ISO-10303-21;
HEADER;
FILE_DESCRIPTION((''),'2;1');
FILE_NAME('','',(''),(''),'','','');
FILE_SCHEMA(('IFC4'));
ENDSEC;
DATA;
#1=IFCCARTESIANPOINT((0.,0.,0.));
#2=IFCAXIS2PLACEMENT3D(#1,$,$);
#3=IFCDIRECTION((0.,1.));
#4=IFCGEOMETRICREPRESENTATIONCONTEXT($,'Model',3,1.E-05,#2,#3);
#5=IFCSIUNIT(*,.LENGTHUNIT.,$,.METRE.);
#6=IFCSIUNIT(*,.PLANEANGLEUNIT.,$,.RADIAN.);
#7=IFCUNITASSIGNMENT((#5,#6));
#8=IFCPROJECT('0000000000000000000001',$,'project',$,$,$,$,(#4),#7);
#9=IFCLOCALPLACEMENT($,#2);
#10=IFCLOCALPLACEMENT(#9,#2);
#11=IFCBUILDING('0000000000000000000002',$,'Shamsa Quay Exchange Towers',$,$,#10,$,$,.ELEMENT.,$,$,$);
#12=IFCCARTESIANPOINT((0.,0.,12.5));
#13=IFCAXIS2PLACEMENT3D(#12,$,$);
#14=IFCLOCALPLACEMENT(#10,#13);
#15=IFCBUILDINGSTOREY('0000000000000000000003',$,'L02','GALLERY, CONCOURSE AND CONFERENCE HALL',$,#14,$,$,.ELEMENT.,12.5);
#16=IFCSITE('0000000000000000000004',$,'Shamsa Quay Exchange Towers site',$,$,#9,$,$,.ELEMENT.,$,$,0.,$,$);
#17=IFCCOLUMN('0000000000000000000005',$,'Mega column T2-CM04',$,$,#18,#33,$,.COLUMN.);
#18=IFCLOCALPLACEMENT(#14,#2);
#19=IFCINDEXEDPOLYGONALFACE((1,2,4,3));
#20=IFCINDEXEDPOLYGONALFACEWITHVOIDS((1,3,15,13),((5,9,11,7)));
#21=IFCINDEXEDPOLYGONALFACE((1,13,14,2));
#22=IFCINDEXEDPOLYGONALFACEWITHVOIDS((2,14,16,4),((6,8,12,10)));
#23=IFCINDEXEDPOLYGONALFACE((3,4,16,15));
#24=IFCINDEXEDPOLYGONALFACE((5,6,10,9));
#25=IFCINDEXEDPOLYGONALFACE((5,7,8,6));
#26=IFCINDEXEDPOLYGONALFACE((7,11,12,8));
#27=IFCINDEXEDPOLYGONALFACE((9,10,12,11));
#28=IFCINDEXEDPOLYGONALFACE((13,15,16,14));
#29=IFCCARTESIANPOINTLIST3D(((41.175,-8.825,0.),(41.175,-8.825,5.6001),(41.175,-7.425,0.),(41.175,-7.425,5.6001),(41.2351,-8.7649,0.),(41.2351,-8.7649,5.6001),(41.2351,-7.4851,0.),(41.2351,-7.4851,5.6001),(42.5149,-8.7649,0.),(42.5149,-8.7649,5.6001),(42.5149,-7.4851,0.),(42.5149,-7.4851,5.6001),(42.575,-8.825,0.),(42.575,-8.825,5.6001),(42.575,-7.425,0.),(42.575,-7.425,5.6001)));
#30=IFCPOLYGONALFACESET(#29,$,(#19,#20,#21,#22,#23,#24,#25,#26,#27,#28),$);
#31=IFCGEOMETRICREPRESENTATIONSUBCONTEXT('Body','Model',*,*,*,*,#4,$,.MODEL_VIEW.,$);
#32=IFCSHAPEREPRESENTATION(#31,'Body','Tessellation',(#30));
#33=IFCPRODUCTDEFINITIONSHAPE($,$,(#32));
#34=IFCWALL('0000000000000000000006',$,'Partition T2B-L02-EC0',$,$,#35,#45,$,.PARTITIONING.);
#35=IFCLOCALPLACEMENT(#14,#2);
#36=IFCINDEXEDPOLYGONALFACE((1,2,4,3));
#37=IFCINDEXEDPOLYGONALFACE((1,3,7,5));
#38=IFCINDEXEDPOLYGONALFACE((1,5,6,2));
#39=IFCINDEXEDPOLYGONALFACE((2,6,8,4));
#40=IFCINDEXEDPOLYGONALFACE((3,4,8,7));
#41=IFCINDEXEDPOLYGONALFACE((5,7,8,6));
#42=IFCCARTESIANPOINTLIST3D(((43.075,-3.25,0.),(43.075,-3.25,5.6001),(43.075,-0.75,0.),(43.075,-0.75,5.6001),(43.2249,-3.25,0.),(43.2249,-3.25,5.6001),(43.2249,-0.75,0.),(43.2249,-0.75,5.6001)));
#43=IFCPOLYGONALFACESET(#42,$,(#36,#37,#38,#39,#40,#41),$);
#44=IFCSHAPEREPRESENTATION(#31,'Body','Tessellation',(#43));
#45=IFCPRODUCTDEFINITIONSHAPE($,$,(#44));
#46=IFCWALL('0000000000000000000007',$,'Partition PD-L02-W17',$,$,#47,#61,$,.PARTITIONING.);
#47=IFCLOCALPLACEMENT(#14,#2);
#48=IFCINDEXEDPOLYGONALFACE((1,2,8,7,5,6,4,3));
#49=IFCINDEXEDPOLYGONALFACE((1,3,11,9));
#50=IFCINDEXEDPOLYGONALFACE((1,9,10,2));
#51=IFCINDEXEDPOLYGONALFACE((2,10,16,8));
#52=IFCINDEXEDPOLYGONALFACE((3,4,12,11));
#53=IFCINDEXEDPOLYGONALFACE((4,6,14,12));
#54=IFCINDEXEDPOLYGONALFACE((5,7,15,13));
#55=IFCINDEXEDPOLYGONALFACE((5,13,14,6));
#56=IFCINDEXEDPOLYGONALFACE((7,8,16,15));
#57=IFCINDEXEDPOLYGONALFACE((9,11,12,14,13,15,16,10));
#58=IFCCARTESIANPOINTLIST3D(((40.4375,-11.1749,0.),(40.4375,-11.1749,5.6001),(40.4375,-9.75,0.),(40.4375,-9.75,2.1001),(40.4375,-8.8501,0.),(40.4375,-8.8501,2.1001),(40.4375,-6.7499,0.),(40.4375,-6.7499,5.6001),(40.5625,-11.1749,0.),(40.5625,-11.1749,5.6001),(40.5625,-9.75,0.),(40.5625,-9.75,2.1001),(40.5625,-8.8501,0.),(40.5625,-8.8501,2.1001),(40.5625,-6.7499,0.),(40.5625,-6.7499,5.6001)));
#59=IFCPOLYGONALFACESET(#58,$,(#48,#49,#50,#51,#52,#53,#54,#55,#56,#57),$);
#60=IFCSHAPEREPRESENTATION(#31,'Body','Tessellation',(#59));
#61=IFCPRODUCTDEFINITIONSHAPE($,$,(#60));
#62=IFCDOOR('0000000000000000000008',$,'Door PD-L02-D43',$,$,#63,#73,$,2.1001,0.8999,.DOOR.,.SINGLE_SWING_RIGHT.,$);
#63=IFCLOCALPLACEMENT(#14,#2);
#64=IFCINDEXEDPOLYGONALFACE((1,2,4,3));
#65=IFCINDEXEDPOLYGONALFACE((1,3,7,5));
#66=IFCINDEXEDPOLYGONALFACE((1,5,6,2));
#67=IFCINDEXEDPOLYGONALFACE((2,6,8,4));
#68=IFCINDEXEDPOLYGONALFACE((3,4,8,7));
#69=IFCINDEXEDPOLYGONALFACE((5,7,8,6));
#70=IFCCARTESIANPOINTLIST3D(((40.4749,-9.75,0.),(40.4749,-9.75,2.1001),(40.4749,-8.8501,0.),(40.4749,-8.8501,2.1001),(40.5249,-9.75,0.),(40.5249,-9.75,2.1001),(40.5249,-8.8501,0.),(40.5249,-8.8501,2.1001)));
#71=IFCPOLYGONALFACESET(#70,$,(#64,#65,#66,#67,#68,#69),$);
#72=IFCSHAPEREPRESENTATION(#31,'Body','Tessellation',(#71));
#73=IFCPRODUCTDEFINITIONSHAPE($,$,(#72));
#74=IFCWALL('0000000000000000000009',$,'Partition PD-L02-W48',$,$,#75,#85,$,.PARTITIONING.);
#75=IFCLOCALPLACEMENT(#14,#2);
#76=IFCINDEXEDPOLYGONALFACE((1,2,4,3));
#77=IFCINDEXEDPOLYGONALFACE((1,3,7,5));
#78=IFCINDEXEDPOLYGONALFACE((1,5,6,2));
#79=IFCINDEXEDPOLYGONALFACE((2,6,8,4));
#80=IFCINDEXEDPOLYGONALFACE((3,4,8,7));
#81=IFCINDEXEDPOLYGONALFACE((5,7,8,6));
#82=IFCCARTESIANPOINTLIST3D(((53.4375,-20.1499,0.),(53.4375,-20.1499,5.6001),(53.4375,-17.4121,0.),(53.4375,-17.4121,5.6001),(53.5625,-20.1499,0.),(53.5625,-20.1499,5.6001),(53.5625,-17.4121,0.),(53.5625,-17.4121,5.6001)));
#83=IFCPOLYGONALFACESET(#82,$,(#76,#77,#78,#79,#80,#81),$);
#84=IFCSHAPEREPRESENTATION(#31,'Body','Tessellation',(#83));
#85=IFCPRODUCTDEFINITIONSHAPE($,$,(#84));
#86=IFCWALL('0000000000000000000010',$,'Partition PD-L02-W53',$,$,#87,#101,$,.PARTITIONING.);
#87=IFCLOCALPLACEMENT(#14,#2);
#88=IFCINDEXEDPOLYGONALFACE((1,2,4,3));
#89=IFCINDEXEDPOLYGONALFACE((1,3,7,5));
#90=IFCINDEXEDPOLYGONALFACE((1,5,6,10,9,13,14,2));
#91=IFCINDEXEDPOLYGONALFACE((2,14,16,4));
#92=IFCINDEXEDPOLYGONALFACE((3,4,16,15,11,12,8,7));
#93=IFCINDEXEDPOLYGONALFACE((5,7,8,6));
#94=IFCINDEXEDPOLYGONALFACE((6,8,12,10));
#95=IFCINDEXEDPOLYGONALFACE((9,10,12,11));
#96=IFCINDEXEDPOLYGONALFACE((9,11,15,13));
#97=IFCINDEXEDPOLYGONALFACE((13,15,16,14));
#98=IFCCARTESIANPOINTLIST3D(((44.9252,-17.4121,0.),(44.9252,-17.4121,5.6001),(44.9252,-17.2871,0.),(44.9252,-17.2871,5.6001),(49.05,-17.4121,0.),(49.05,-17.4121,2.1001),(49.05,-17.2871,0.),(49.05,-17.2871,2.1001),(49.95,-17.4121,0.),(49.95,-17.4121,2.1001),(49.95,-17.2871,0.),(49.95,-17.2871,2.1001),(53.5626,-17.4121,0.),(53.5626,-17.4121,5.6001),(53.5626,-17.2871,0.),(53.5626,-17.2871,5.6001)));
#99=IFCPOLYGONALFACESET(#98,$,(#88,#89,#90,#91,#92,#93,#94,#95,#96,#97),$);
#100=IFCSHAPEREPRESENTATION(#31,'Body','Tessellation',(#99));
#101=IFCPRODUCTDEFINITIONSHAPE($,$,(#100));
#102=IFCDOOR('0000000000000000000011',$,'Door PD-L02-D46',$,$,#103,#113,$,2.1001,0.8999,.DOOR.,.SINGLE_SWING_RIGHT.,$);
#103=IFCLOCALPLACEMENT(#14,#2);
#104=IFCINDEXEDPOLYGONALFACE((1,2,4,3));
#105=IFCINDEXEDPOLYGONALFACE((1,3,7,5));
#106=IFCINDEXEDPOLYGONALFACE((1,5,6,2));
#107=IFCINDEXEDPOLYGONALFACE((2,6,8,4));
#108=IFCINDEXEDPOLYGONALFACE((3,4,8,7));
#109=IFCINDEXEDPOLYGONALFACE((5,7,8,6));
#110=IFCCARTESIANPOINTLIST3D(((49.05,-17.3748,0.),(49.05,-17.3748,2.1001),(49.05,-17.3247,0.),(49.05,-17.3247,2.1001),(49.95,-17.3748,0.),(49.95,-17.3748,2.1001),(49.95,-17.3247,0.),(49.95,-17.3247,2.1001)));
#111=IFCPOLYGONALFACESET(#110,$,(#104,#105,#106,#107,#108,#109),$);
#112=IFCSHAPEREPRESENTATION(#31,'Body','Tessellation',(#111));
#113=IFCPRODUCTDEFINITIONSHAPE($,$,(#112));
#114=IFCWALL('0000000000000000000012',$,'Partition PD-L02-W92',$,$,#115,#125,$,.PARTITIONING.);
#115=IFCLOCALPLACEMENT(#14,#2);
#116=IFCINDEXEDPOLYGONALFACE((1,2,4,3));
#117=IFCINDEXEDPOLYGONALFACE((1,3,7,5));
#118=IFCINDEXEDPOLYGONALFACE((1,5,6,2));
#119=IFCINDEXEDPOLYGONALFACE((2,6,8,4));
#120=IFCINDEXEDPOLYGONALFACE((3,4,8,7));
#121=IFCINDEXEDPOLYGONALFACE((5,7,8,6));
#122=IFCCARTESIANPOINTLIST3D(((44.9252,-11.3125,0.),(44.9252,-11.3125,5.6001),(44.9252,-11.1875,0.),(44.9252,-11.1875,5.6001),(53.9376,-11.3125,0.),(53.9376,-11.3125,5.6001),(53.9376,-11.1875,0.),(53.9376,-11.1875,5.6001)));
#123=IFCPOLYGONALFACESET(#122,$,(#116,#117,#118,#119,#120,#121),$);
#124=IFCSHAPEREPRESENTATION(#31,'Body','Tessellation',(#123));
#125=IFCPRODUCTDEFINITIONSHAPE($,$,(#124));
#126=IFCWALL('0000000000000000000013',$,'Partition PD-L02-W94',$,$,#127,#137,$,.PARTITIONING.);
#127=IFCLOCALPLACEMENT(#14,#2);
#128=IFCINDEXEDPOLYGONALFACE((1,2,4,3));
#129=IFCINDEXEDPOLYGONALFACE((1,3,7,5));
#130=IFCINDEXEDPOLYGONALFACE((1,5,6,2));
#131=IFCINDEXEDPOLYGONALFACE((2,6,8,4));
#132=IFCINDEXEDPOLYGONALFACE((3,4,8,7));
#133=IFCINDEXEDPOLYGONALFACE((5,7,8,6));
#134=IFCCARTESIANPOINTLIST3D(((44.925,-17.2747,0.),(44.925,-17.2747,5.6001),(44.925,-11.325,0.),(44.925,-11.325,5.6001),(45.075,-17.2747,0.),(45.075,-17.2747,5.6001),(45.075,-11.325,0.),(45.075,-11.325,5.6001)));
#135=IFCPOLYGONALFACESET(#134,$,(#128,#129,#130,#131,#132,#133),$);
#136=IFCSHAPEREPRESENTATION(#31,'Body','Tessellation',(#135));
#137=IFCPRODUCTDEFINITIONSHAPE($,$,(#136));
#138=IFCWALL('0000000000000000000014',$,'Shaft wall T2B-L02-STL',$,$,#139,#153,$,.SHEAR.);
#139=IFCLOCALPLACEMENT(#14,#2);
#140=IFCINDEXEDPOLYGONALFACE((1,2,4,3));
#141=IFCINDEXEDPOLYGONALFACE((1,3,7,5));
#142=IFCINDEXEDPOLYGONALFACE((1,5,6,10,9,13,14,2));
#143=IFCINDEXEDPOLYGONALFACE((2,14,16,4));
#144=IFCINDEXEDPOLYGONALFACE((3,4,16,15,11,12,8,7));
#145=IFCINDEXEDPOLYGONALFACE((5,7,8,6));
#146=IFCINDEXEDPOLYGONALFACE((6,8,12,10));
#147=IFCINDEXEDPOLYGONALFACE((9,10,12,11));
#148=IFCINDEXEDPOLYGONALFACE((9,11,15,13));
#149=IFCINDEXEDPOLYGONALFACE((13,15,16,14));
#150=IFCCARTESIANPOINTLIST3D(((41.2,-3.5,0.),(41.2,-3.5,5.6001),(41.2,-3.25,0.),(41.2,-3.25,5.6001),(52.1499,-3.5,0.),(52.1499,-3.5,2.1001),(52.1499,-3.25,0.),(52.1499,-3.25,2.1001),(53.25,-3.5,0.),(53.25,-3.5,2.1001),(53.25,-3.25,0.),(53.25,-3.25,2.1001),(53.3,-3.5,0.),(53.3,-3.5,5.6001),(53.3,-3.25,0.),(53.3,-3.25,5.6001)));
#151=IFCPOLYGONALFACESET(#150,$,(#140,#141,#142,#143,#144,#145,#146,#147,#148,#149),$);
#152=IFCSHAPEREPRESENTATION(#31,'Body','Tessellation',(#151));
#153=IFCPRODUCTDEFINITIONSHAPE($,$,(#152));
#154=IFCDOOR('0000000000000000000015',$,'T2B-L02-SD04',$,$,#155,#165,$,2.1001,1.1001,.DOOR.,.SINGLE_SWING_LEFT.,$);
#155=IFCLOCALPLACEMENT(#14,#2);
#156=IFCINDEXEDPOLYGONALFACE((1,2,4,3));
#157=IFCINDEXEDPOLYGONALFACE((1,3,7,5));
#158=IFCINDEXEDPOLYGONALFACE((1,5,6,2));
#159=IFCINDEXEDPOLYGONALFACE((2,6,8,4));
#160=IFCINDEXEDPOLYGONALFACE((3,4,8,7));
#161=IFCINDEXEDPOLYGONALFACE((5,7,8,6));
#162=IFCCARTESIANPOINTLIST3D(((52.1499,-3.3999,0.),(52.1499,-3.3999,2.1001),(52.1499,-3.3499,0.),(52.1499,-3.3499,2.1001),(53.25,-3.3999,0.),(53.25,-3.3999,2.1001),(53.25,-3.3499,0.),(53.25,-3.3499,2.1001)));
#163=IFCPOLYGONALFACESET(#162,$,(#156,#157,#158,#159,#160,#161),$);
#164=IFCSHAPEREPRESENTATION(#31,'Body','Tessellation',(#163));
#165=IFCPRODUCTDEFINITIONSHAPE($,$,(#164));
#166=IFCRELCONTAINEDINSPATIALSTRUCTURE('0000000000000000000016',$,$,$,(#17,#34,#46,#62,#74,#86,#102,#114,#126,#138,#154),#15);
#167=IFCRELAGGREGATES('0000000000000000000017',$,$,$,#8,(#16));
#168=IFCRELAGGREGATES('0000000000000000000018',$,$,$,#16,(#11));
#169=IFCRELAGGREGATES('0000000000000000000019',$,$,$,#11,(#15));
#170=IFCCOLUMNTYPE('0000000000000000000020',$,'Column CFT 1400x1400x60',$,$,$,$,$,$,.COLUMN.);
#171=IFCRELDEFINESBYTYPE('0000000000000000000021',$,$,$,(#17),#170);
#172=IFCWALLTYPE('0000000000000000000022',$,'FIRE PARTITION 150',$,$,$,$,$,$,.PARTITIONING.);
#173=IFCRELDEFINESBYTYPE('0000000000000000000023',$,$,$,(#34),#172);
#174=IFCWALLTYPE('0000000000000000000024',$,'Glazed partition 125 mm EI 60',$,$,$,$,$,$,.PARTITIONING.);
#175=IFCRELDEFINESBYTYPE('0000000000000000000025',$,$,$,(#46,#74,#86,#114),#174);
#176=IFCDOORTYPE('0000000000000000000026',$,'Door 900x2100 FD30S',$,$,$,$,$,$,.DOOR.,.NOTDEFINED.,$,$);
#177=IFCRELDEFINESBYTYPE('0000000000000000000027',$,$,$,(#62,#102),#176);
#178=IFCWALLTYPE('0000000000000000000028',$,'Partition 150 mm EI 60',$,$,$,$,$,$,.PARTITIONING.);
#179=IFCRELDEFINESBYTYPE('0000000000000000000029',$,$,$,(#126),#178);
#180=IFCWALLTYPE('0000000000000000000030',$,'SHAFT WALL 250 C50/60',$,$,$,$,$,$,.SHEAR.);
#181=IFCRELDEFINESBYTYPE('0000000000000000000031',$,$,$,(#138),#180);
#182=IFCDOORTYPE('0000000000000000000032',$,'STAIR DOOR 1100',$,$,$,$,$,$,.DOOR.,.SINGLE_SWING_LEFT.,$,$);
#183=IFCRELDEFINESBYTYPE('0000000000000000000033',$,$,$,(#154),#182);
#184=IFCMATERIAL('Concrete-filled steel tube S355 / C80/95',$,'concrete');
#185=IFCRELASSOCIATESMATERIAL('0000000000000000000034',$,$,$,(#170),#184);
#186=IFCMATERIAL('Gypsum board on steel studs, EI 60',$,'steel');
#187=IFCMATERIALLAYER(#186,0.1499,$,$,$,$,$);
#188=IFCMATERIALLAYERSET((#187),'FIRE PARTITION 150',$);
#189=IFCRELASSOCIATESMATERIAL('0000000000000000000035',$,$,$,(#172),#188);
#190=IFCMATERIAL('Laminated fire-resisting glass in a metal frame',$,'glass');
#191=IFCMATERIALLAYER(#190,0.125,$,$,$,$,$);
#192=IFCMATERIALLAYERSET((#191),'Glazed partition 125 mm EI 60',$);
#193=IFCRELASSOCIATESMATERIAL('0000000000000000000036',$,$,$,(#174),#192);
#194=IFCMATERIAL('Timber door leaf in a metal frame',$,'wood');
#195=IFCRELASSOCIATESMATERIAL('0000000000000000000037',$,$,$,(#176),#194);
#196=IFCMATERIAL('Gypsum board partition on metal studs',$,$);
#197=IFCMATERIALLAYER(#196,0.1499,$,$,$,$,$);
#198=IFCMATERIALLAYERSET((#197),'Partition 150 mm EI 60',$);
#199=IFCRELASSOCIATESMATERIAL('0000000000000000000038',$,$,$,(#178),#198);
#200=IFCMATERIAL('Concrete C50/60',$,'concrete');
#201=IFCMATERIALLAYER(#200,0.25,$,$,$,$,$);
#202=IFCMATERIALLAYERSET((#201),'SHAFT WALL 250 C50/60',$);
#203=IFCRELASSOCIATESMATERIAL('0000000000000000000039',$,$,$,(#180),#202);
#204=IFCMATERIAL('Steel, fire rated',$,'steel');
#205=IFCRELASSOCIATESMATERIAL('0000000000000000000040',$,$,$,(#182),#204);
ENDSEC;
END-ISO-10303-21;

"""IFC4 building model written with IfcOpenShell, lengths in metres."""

from ifc_helpers import new_model, si_unit, direction, frame, frame_2d, origin, origin_2d, place, context, subcontext, project, spatial, rectangle, hollow_rectangle, extrude, material, layer, layer_set, material_profile, profile_set, type_object, element, fill, save


model = new_model("IFC4")

# Units and contexts
model_context = context("Model", 3, precision=1e-05, world=origin(), true_north=direction((0.0, 1.0)))
body_context = subcontext(model_context, "Body", "Model", "MODEL_VIEW")
ifc_project = project(units=[si_unit("LENGTHUNIT", "METRE"), si_unit("PLANEANGLEUNIT", "RADIAN")], contexts=[model_context])

# Site, building, storey
site_placement = place(None, origin())
site = spatial("IfcSite", under=ifc_project, at=site_placement, Name="Shamsa Quay Exchange Towers site", CompositionType="ELEMENT", RefElevation=0.0)
building_placement = place(site_placement, origin())
building = spatial("IfcBuilding", under=site, at=building_placement, Name="Shamsa Quay Exchange Towers", CompositionType="ELEMENT")
storey_placement = place(building_placement, frame((0.0, 0.0, 12.5)))
storey = spatial("IfcBuildingStorey", under=building, at=storey_placement, Name="L02", Description="GALLERY, CONCOURSE AND CONFERENCE HALL", CompositionType="ELEMENT", Elevation=12.5)

# Column
ifc_material_1 = material(Name="Concrete-filled steel tube S355 / C80/95", Category="concrete")
ifc_material_profile = material_profile(ifc_material_1, hollow_rectangle(XDim=1.3999, YDim=1.3999, WallThickness=0.0601, at=origin_2d()), Name="CFT 1400x1400x60")
ifc_profile_set = profile_set([ifc_material_profile], Name="Concrete-filled steel tube S355 / C80/95")
column_type = type_object("IfcColumnType", Name="Column CFT 1400x1400x60", PredefinedType="COLUMN", material=ifc_profile_set)
column_placement = place(storey_placement, frame((41.875, -8.125, 0.0)))
element("IfcColumn", 1, at=column_placement, inside=storey, type_object=column_type, Name="Mega column T2-CM04", PredefinedType="COLUMN", context=body_context, shape_type="SweptSolid", body=[
    extrude(hollow_rectangle(XDim=1.3999, YDim=1.3999, WallThickness=0.0601, at=origin_2d()), origin(), (0.0, 0.0, 1.0), 5.6001),
])

# Shared definitions
ifc_material_2 = material(Name="Steel, fire rated", Category="steel")

# Wall
ifc_material_3 = material(Name="Gypsum board on steel studs, EI 60", Category="steel")
ifc_layer_1 = layer(ifc_material_3, 0.1499)
ifc_layer_set_1 = layer_set([ifc_layer_1], Name="FIRE PARTITION 150")
wall_type_1 = type_object("IfcWallType", Name="FIRE PARTITION 150", PredefinedType="PARTITIONING", material=ifc_layer_set_1)
wall_1_placement = place(storey_placement, frame((43.1499, -3.25, 0.0), z_axis=(0.0, 0.0, 1.0), x_axis=(0.0, 1.0, 0.0)))
element("IfcWall", 2, at=wall_1_placement, inside=storey, type_object=wall_type_1, Name="Partition T2B-L02-EC0", PredefinedType="PARTITIONING", context=body_context, shape_type="SweptSolid", body=[
    extrude(rectangle(XDim=2.5, YDim=0.1499, at=frame_2d((1.25, 0.0))), origin(), (0.0, 0.0, 1.0), 5.6001),
])

# Wall, opening, door
ifc_material_4 = material(Name="Laminated fire-resisting glass in a metal frame", Category="glass")
ifc_layer_2 = layer(ifc_material_4, 0.125)
ifc_layer_set_2 = layer_set([ifc_layer_2], Name="Glazed partition 125 mm EI 60")
wall_type_2 = type_object("IfcWallType", Name="Glazed partition 125 mm EI 60", PredefinedType="PARTITIONING", material=ifc_layer_set_2)
wall_2_placement = place(storey_placement, frame((40.5, -6.75, 0.0), z_axis=(0.0, 0.0, 1.0), x_axis=(0.0, -1.0, 0.0)))
wall_2 = element("IfcWall", 3, at=wall_2_placement, inside=storey, type_object=wall_type_2, Name="Partition PD-L02-W17", PredefinedType="PARTITIONING", context=body_context, shape_type="SweptSolid", body=[
    extrude(rectangle(XDim=4.425, YDim=0.125, at=frame_2d((2.2124, 0.0))), origin(), (0.0, 0.0, 1.0), 5.6001),
])
opening_1_placement = place(wall_2_placement, frame((2.1001, 0.0, 0.0)))
opening_1 = element("IfcOpeningElement", 4, at=opening_1_placement, cuts=wall_2, PredefinedType="OPENING", context=body_context, shape_type="SweptSolid", body=[
    extrude(rectangle(XDim=0.8999, YDim=2.1001, at=frame_2d((0.45, 1.05))), frame((0.0, 0.0725, 0.0), z_axis=(0.0, -1.0, 0.0), x_axis=(1.0, 0.0, 0.0)), (0.0, 0.0, 1.0), 0.145),
])
ifc_material_5 = material(Name="Timber door leaf in a metal frame", Category="wood")
door_type_1 = type_object("IfcDoorType", Name="Door 900x2100 FD30S", OperationType="NOTDEFINED", PredefinedType="DOOR", material=ifc_material_5)
door_1_placement = place(opening_1_placement, origin())
door_1 = element("IfcDoor", 5, at=door_1_placement, inside=storey, type_object=door_type_1, Name="Door PD-L02-D43", OperationType="SINGLE_SWING_RIGHT", OverallHeight=2.1001, OverallWidth=0.8999, PredefinedType="DOOR", context=body_context, shape_type="SweptSolid", body=[
    extrude(rectangle(XDim=0.8999, YDim=2.1001, at=frame_2d((0.45, 1.05))), frame((0.0, 0.0249, 0.0), z_axis=(0.0, -1.0, 0.0), x_axis=(1.0, 0.0, 0.0)), (0.0, 0.0, 1.0), 0.05),
])
fill(opening_1, door_1)

# Wall
wall_3_placement = place(storey_placement, frame((53.5, -17.4121, 0.0), z_axis=(0.0, 0.0, 1.0), x_axis=(0.0, -1.0, 0.0)))
element("IfcWall", 6, at=wall_3_placement, inside=storey, type_object=wall_type_2, Name="Partition PD-L02-W48", PredefinedType="PARTITIONING", context=body_context, shape_type="SweptSolid", body=[
    extrude(rectangle(XDim=2.7378, YDim=0.125, at=frame_2d((1.3689, 0.0))), origin(), (0.0, 0.0, 1.0), 5.6001),
])

# Wall, opening, door
wall_4_placement = place(storey_placement, frame((44.925, -17.3496, 0.0)))
wall_4 = element("IfcWall", 7, at=wall_4_placement, inside=storey, type_object=wall_type_2, Name="Partition PD-L02-W53", PredefinedType="PARTITIONING", context=body_context, shape_type="SweptSolid", body=[
    extrude(rectangle(XDim=8.6375, YDim=0.125, at=frame_2d((4.3188, 0.0))), origin(), (0.0, 0.0, 1.0), 5.6001),
])
opening_2_placement = place(wall_4_placement, frame((4.125, 0.0, 0.0)))
opening_2 = element("IfcOpeningElement", 8, at=opening_2_placement, cuts=wall_4, PredefinedType="OPENING", context=body_context, shape_type="SweptSolid", body=[
    extrude(rectangle(XDim=0.8999, YDim=2.1001, at=frame_2d((0.45, 1.05))), frame((0.0, 0.0725, 0.0), z_axis=(0.0, -1.0, 0.0), x_axis=(1.0, 0.0, 0.0)), (0.0, 0.0, 1.0), 0.145),
])
door_2_placement = place(opening_2_placement, origin())
door_2 = element("IfcDoor", 9, at=door_2_placement, inside=storey, type_object=door_type_1, Name="Door PD-L02-D46", OperationType="SINGLE_SWING_RIGHT", OverallHeight=2.1001, OverallWidth=0.8999, PredefinedType="DOOR", context=body_context, shape_type="SweptSolid", body=[
    extrude(rectangle(XDim=0.8999, YDim=2.1001, at=frame_2d((0.45, 1.05))), frame((0.0, 0.0249, 0.0), z_axis=(0.0, -1.0, 0.0), x_axis=(1.0, 0.0, 0.0)), (0.0, 0.0, 1.0), 0.05),
])
fill(opening_2, door_2)

# Walls
wall_5_placement = place(storey_placement, frame((44.925, -11.25, 0.0)))
element("IfcWall", 10, at=wall_5_placement, inside=storey, type_object=wall_type_2, Name="Partition PD-L02-W92", PredefinedType="PARTITIONING", context=body_context, shape_type="SweptSolid", body=[
    extrude(rectangle(XDim=9.0125, YDim=0.125, at=frame_2d((4.5063, 0.0))), origin(), (0.0, 0.0, 1.0), 5.6001),
])
ifc_material_6 = material(Name="Gypsum board partition on metal studs")
ifc_layer_3 = layer(ifc_material_6, 0.1499)
ifc_layer_set_3 = layer_set([ifc_layer_3], Name="Partition 150 mm EI 60")
wall_type_3 = type_object("IfcWallType", Name="Partition 150 mm EI 60", PredefinedType="PARTITIONING", material=ifc_layer_set_3)
wall_6_placement = place(storey_placement, frame((45.0, -11.325, 0.0), z_axis=(0.0, 0.0, 1.0), x_axis=(0.0, -1.0, 0.0)))
element("IfcWall", 11, at=wall_6_placement, inside=storey, type_object=wall_type_3, Name="Partition PD-L02-W94", PredefinedType="PARTITIONING", context=body_context, shape_type="SweptSolid", body=[
    extrude(rectangle(XDim=5.9497, YDim=0.1499, at=frame_2d((2.9749, 0.0))), origin(), (0.0, 0.0, 1.0), 5.6001),
])

# Wall, opening, door
ifc_material_7 = material(Name="Concrete C50/60", Category="concrete")
ifc_layer_4 = layer(ifc_material_7, 0.25)
ifc_layer_set_4 = layer_set([ifc_layer_4], Name="SHAFT WALL 250 C50/60")
wall_type_4 = type_object("IfcWallType", Name="SHAFT WALL 250 C50/60", PredefinedType="SHEAR", material=ifc_layer_set_4)
wall_7_placement = place(storey_placement, frame((53.3, -3.375, 0.0), z_axis=(0.0, 0.0, 1.0), x_axis=(-1.0, 0.0, 0.0)))
wall_7 = element("IfcWall", 12, at=wall_7_placement, inside=storey, type_object=wall_type_4, Name="Shaft wall T2B-L02-STL", PredefinedType="SHEAR", context=body_context, shape_type="SweptSolid", body=[
    extrude(rectangle(XDim=12.1001, YDim=0.25, at=frame_2d((6.05, 0.0))), origin(), (0.0, 0.0, 1.0), 5.6001),
])
opening_3_placement = place(wall_7_placement, frame((0.05, 0.0, 0.0)))
opening_3 = element("IfcOpeningElement", 13, at=opening_3_placement, cuts=wall_7, PredefinedType="OPENING", context=body_context, shape_type="SweptSolid", body=[
    extrude(rectangle(XDim=1.1001, YDim=2.1001, at=frame_2d((0.55, 1.05))), frame((0.0, 0.135, 0.0), z_axis=(0.0, -1.0, 0.0), x_axis=(1.0, 0.0, 0.0)), (0.0, 0.0, 1.0), 0.27),
])
door_type_2 = type_object("IfcDoorType", Name="STAIR DOOR 1100", OperationType="SINGLE_SWING_LEFT", PredefinedType="DOOR", material=ifc_material_2)
door_3_placement = place(opening_3_placement, origin())
door_3 = element("IfcDoor", 14, at=door_3_placement, inside=storey, type_object=door_type_2, Name="T2B-L02-SD04", OperationType="SINGLE_SWING_LEFT", OverallHeight=2.1001, OverallWidth=1.1001, PredefinedType="DOOR", context=body_context, shape_type="SweptSolid", body=[
    extrude(rectangle(XDim=1.1001, YDim=2.1001, at=frame_2d((0.55, 1.05))), frame((0.0, 0.0249, 0.0), z_axis=(0.0, -1.0, 0.0), x_axis=(1.0, 0.0, 0.0)), (0.0, 0.0, 1.0), 0.05),
])
fill(opening_3, door_3)

save(model, "model.ifc")
